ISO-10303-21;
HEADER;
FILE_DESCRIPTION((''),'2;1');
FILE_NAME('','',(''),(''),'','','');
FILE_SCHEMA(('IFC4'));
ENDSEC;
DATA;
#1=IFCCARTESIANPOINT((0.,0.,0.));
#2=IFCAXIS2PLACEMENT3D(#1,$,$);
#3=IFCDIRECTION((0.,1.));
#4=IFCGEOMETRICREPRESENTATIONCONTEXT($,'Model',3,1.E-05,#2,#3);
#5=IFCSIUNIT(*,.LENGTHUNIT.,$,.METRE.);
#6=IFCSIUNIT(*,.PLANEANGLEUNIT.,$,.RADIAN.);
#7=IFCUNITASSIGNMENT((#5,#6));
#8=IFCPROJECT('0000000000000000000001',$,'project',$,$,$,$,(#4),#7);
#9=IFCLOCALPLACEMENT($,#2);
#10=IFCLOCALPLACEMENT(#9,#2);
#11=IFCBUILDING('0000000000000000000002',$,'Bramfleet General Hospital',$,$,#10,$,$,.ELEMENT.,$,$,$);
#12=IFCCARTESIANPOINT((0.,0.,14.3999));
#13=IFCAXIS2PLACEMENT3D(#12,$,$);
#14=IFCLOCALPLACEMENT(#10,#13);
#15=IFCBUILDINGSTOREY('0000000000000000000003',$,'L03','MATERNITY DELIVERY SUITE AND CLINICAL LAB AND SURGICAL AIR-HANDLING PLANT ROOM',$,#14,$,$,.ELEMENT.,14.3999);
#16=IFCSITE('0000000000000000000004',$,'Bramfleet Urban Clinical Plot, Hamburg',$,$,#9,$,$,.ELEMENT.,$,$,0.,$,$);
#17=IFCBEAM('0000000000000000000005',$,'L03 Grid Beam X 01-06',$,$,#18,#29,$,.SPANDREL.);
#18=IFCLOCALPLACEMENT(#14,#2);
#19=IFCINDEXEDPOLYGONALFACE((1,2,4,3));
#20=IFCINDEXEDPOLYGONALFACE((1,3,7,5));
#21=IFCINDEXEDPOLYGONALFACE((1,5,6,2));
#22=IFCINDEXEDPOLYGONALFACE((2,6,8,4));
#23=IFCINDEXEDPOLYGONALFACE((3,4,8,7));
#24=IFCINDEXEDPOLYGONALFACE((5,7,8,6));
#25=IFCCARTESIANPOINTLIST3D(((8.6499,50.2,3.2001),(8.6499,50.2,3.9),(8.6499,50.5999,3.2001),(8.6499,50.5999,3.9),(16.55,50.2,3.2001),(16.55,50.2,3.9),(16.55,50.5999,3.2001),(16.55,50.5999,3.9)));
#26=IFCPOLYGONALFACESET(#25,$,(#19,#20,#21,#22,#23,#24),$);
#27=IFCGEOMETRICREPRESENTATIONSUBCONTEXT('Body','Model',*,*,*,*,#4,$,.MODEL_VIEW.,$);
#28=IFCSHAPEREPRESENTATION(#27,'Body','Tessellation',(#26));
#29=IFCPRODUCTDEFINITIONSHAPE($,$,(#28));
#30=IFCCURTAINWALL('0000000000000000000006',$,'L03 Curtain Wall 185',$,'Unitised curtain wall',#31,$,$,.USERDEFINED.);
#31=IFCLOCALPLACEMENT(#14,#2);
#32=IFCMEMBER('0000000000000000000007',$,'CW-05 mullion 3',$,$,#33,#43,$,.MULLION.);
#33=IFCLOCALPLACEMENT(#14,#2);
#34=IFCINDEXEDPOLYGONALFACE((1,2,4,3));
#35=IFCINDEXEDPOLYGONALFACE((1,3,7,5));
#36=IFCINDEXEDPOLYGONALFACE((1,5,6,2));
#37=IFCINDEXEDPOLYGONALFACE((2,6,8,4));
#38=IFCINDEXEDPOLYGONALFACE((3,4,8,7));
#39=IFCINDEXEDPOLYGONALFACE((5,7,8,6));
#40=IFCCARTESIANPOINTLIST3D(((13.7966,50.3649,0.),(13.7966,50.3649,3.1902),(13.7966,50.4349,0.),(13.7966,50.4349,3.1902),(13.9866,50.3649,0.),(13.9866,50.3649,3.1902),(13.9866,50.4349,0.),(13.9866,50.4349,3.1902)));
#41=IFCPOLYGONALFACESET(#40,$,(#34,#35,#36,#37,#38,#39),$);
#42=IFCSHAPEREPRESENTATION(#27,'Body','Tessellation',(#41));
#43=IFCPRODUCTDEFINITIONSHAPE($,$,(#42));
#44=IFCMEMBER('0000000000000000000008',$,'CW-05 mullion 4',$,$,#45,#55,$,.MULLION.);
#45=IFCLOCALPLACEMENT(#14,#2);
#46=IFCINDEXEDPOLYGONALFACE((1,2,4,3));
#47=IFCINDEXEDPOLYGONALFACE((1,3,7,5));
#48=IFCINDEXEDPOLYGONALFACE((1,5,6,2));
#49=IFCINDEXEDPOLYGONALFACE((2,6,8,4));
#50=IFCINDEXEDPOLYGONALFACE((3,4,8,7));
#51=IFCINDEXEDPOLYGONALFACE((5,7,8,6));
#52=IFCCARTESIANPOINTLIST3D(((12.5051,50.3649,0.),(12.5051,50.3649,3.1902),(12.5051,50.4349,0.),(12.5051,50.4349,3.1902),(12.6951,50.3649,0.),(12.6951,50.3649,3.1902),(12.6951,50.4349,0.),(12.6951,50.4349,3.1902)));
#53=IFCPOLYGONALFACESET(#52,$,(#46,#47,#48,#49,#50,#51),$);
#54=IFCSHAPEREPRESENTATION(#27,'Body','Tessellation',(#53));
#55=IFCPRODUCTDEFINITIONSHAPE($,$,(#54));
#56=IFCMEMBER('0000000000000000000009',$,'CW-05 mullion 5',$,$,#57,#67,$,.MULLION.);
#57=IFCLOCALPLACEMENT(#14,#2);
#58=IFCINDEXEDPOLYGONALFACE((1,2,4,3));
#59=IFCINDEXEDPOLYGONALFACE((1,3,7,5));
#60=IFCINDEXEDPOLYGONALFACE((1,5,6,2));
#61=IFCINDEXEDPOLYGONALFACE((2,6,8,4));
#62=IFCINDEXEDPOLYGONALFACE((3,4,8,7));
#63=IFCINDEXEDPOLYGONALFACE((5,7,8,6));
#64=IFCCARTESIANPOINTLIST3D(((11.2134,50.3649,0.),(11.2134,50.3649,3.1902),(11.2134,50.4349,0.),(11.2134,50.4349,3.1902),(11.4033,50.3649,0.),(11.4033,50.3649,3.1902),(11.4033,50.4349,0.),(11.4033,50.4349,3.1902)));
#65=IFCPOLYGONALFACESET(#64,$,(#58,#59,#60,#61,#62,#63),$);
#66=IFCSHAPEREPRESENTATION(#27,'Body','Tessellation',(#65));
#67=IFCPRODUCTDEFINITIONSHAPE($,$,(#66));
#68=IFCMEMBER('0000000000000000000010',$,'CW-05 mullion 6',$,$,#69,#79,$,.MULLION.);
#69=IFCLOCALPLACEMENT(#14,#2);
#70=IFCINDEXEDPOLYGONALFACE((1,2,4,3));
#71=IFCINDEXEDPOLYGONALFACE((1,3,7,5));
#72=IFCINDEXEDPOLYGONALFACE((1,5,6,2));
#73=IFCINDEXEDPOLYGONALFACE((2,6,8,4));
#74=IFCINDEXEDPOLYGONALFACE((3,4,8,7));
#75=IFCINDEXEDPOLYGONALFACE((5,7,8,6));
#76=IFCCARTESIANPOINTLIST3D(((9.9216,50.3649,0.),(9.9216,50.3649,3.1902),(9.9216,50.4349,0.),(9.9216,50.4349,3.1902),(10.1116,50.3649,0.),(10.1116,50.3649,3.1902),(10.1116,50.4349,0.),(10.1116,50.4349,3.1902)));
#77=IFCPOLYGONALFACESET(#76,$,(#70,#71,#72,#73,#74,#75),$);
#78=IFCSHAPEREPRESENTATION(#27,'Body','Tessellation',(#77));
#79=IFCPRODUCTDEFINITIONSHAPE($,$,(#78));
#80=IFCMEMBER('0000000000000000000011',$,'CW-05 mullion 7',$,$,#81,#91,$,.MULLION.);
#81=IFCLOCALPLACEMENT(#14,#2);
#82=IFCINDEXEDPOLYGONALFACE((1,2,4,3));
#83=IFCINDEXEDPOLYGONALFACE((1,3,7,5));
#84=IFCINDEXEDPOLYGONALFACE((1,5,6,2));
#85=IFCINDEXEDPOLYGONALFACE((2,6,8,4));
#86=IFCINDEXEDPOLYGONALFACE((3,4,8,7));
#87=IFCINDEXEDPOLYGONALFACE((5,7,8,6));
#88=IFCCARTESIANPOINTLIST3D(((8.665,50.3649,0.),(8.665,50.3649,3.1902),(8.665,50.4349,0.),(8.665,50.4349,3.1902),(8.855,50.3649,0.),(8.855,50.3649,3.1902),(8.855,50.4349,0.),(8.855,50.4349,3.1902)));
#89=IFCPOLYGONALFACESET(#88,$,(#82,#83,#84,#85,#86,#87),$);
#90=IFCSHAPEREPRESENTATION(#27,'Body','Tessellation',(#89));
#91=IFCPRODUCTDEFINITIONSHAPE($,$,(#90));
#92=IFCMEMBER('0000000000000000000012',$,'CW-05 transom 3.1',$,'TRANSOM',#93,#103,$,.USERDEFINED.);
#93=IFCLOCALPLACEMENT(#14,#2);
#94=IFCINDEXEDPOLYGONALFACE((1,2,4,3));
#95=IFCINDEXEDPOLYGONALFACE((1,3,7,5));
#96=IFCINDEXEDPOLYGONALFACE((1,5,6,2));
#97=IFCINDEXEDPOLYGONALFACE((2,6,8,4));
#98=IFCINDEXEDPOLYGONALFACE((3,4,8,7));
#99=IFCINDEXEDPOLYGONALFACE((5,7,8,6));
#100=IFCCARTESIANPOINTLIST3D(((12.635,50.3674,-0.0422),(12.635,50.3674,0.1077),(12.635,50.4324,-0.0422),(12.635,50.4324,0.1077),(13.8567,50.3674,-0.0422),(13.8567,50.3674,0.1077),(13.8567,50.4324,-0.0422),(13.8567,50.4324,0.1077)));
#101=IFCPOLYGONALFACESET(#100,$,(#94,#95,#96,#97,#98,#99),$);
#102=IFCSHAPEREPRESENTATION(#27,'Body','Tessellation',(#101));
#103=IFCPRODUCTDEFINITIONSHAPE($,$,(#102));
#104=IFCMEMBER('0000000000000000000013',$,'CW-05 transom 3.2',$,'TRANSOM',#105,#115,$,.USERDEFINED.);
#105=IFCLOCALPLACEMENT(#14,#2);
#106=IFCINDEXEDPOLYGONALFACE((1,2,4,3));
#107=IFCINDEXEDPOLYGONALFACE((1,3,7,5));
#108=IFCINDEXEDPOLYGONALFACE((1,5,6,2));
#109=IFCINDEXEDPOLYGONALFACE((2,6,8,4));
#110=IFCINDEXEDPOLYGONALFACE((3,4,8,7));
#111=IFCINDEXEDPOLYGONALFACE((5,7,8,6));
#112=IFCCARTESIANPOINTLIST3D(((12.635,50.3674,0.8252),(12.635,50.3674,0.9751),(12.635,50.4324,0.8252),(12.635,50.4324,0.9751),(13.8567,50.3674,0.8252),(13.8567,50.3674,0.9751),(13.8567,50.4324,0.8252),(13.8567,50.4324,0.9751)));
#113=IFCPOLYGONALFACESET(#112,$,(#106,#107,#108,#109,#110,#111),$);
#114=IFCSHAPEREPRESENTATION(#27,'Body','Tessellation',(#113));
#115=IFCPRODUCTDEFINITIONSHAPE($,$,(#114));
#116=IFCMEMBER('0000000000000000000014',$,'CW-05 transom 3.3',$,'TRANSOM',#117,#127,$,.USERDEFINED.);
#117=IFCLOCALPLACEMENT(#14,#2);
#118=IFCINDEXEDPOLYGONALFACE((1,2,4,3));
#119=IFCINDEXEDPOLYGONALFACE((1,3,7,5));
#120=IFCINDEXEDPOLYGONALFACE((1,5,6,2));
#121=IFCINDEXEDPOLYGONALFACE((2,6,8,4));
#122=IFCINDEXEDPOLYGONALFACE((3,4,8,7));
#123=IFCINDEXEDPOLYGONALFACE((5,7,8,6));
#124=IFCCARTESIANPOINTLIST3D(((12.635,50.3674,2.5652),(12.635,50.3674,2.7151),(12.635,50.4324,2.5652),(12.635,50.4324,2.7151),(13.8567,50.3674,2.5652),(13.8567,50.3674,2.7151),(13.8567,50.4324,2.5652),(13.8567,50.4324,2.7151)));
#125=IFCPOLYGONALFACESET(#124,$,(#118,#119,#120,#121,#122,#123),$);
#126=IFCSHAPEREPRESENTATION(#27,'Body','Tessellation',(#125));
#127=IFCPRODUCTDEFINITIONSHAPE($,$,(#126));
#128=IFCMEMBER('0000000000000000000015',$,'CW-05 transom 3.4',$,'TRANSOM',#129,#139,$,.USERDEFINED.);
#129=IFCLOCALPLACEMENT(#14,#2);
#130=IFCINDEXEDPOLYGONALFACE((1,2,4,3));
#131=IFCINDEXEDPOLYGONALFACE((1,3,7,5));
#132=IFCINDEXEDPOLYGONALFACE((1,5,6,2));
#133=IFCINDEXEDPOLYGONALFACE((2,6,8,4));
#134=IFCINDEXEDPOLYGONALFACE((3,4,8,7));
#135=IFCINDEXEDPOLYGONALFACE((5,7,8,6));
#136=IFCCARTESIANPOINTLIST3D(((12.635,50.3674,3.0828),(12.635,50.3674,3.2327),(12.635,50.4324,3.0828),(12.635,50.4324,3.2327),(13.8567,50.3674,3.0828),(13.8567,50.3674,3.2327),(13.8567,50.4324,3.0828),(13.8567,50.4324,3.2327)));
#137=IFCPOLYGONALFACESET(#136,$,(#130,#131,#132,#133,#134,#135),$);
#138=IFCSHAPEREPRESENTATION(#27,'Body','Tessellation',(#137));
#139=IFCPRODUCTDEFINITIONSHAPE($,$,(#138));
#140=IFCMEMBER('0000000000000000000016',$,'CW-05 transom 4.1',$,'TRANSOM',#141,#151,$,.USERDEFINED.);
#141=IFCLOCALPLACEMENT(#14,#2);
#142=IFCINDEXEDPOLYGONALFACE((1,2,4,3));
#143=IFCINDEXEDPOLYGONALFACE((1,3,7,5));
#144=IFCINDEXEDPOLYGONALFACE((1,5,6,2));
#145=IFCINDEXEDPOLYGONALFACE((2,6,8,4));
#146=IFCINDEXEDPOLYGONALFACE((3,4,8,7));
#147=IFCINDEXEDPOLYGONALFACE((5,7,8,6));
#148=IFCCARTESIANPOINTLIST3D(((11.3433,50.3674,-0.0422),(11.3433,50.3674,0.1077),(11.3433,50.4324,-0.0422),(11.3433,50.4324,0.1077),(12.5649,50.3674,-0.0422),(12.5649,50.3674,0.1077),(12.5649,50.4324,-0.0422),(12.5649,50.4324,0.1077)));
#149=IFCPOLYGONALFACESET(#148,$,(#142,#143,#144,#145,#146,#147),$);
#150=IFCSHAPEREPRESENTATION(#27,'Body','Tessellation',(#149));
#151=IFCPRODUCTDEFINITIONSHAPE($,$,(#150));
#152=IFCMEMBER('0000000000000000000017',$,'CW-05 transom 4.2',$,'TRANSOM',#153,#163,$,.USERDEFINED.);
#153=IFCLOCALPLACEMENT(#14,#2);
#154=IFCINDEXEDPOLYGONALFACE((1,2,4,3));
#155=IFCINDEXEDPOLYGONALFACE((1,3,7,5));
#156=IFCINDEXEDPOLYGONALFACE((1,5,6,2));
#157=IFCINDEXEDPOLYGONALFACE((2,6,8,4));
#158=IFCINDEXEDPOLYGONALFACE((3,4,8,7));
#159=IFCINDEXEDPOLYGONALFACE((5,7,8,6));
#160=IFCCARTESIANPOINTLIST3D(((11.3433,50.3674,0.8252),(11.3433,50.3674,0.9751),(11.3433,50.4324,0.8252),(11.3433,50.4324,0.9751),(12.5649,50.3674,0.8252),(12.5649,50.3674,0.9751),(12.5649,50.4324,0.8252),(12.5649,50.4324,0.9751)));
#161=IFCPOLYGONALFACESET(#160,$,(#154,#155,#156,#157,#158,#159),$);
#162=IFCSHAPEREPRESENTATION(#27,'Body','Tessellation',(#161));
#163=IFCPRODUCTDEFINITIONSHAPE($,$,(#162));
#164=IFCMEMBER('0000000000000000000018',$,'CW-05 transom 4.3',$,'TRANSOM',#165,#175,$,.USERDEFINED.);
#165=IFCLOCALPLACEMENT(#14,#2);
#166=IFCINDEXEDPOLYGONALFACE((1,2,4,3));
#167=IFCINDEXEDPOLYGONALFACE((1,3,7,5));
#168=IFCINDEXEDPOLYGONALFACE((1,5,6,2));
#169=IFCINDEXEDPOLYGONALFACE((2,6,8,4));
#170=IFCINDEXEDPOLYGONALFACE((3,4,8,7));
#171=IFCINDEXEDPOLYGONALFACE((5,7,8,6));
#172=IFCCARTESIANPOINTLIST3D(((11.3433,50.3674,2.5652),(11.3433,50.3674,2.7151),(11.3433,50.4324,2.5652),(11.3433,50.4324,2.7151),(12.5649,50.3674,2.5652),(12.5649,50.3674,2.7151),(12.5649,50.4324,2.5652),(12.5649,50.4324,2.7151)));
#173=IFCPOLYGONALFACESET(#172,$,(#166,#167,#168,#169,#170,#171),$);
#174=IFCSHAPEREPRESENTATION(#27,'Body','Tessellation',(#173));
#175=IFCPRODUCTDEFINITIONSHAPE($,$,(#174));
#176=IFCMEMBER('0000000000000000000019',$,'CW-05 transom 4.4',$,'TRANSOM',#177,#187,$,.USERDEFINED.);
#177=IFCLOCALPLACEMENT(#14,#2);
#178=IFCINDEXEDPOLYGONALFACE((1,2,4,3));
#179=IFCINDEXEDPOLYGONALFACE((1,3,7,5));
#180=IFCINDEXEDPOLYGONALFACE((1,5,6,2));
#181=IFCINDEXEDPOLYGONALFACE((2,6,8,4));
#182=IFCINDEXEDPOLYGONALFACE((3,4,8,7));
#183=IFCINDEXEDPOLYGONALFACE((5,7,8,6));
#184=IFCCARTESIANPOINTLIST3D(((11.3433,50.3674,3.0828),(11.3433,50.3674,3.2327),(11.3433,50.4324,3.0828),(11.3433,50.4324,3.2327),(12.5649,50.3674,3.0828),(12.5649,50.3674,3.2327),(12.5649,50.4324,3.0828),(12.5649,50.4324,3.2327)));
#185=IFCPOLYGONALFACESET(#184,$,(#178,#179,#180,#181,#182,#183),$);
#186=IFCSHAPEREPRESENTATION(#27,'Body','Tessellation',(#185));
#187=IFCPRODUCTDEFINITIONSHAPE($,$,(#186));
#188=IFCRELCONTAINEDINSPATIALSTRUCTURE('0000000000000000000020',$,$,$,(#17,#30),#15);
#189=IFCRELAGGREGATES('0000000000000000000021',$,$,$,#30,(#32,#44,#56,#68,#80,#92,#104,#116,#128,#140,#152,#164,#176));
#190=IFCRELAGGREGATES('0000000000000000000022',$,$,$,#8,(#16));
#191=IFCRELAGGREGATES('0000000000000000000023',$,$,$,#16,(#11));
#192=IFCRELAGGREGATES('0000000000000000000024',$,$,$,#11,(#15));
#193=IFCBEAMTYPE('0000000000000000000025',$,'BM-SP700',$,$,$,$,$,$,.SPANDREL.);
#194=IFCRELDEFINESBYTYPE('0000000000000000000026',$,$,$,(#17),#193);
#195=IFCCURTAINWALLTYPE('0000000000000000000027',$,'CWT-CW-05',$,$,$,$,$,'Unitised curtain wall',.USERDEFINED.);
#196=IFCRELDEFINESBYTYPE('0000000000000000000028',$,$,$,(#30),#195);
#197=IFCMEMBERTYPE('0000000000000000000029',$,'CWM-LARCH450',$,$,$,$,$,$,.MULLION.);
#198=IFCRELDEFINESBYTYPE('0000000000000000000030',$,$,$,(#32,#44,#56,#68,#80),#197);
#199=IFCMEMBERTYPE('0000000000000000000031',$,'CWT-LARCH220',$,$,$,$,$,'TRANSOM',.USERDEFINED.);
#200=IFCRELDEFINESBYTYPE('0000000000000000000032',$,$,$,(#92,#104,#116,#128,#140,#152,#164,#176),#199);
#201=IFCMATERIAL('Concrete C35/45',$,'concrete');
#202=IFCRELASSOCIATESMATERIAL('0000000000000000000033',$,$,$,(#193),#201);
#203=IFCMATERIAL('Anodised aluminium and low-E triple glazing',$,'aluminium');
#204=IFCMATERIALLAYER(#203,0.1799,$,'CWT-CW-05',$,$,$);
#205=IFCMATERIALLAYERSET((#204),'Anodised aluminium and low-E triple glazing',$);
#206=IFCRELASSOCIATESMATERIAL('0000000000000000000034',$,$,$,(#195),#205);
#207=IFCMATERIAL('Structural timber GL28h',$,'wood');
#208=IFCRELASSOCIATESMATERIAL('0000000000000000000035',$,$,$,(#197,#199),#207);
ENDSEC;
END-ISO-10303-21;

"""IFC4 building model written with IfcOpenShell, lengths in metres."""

from ifc_helpers import new_model, si_unit, direction, frame, origin, origin_2d, place, context, subcontext, project, spatial, rectangle, extrude, material, layer, layer_set, material_profile, profile_set, type_object, element, aggregate, save


model = new_model("IFC4")

# Units and contexts
model_context = context("Model", 3, precision=1e-05, world=origin(), true_north=direction((0.0, 1.0)))
body_context = subcontext(model_context, "Body", "Model", "MODEL_VIEW")
ifc_project = project(units=[si_unit("LENGTHUNIT", "METRE"), si_unit("PLANEANGLEUNIT", "RADIAN")], contexts=[model_context])

# Site, building, storey
site_placement = place(None, origin())
site = spatial("IfcSite", under=ifc_project, at=site_placement, Name="Bramfleet Urban Clinical Plot, Hamburg", CompositionType="ELEMENT", RefElevation=0.0)
building_placement = place(site_placement, origin())
building = spatial("IfcBuilding", under=site, at=building_placement, Name="Bramfleet General Hospital", CompositionType="ELEMENT")
storey_placement = place(building_placement, frame((0.0, 0.0, 14.3999)))
storey = spatial("IfcBuildingStorey", under=building, at=storey_placement, Name="L03", Description="MATERNITY DELIVERY SUITE AND CLINICAL LAB AND SURGICAL AIR-HANDLING PLANT ROOM", CompositionType="ELEMENT", Elevation=14.3999)

# Beam
ifc_material_1 = material(Name="Concrete C35/45", Category="concrete")
ifc_material_profile_1 = material_profile(ifc_material_1, rectangle(XDim=0.3999, YDim=0.7, at=origin_2d()), Name="RC SP 700x400")
ifc_profile_set_1 = profile_set([ifc_material_profile_1], Name="Concrete C35/45")
beam_type = type_object("IfcBeamType", Name="BM-SP700", PredefinedType="SPANDREL", material=ifc_profile_set_1)
beam_placement = place(storey_placement, frame((8.6499, 50.3999, 3.55), z_axis=(1.0, 0.0, 0.0), x_axis=(0.0, 1.0, 0.0)))
element("IfcBeam", 1, at=beam_placement, inside=storey, type_object=beam_type, Name="L03 Grid Beam X 01-06", PredefinedType="SPANDREL", context=body_context, shape_type="SweptSolid", body=[
    extrude(rectangle(XDim=0.3999, YDim=0.7, at=origin_2d()), origin(), (0.0, 0.0, 1.0), 7.9001),
])

# Curtain wall, members
ifc_material_2 = material(Name="Anodised aluminium and low-E triple glazing", Category="aluminium")
ifc_layer_1 = layer(ifc_material_2, 0.1799, Name="CWT-CW-05")
ifc_layer_set_1 = layer_set([ifc_layer_1], Name="Anodised aluminium and low-E triple glazing")
curtain_wall_type = type_object("IfcCurtainWallType", Name="CWT-CW-05", ElementType="Unitised curtain wall", PredefinedType="USERDEFINED", material=ifc_layer_set_1)
curtain_wall_placement = place(storey_placement, origin())
curtain_wall = element("IfcCurtainWall", 2, at=curtain_wall_placement, inside=storey, type_object=curtain_wall_type, Name="L03 Curtain Wall 185", ObjectType="Unitised curtain wall", PredefinedType="USERDEFINED")
ifc_material_3 = material(Name="Structural timber GL28h", Category="wood")
ifc_material_profile_2 = material_profile(ifc_material_3, rectangle(XDim=0.0701, YDim=0.1899, at=origin_2d()), Name="LARCH 190x70")
ifc_profile_set_2 = profile_set([ifc_material_profile_2], Name="Structural timber GL28h")
member_type_1 = type_object("IfcMemberType", Name="CWM-LARCH450", PredefinedType="MULLION", material=ifc_profile_set_2)
member_1_placement = place(storey_placement, frame((13.8916, 50.3999, 0.0), z_axis=(0.0, 0.0, 1.0), x_axis=(0.0, -1.0, 0.0)))
member_1 = element("IfcMember", 3, at=member_1_placement, type_object=member_type_1, Name="CW-05 mullion 3", PredefinedType="MULLION", context=body_context, shape_type="SweptSolid", body=[
    extrude(rectangle(XDim=0.0701, YDim=0.1899, at=origin_2d()), origin(), (0.0, 0.0, 1.0), 3.1902),
])
member_2_placement = place(storey_placement, frame((12.6001, 50.3999, 0.0), z_axis=(0.0, 0.0, 1.0), x_axis=(0.0, -1.0, 0.0)))
member_2 = element("IfcMember", 4, at=member_2_placement, type_object=member_type_1, Name="CW-05 mullion 4", PredefinedType="MULLION", context=body_context, shape_type="SweptSolid", body=[
    extrude(rectangle(XDim=0.0701, YDim=0.1899, at=origin_2d()), origin(), (0.0, 0.0, 1.0), 3.1902),
])
member_3_placement = place(storey_placement, frame((11.3083, 50.3999, 0.0), z_axis=(0.0, 0.0, 1.0), x_axis=(0.0, -1.0, 0.0)))
member_3 = element("IfcMember", 5, at=member_3_placement, type_object=member_type_1, Name="CW-05 mullion 5", PredefinedType="MULLION", context=body_context, shape_type="SweptSolid", body=[
    extrude(rectangle(XDim=0.0701, YDim=0.1899, at=origin_2d()), origin(), (0.0, 0.0, 1.0), 3.1902),
])
member_4_placement = place(storey_placement, frame((10.0166, 50.3999, 0.0), z_axis=(0.0, 0.0, 1.0), x_axis=(0.0, -1.0, 0.0)))
member_4 = element("IfcMember", 6, at=member_4_placement, type_object=member_type_1, Name="CW-05 mullion 6", PredefinedType="MULLION", context=body_context, shape_type="SweptSolid", body=[
    extrude(rectangle(XDim=0.0701, YDim=0.1899, at=origin_2d()), origin(), (0.0, 0.0, 1.0), 3.1902),
])
member_5_placement = place(storey_placement, frame((8.76, 50.3999, 0.0), z_axis=(0.0, 0.0, 1.0), x_axis=(0.0, -1.0, 0.0)))
member_5 = element("IfcMember", 7, at=member_5_placement, type_object=member_type_1, Name="CW-05 mullion 7", PredefinedType="MULLION", context=body_context, shape_type="SweptSolid", body=[
    extrude(rectangle(XDim=0.0701, YDim=0.1899, at=origin_2d()), origin(), (0.0, 0.0, 1.0), 3.1902),
])
ifc_material_profile_3 = material_profile(ifc_material_3, rectangle(XDim=0.0649, YDim=0.1499, at=origin_2d()), Name="LARCH 150x65")
ifc_profile_set_3 = profile_set([ifc_material_profile_3], Name="Structural timber GL28h")
member_type_2 = type_object("IfcMemberType", Name="CWT-LARCH220", ElementType="TRANSOM", PredefinedType="USERDEFINED", material=ifc_profile_set_3)
member_6_placement = place(storey_placement, frame((13.8567, 50.3999, 0.0327), z_axis=(-1.0, 0.0, 0.0), x_axis=(0.0, -1.0, 0.0)))
member_6 = element("IfcMember", 8, at=member_6_placement, type_object=member_type_2, Name="CW-05 transom 3.1", ObjectType="TRANSOM", PredefinedType="USERDEFINED", context=body_context, shape_type="SweptSolid", body=[
    extrude(rectangle(XDim=0.0649, YDim=0.1499, at=origin_2d()), origin(), (0.0, 0.0, 1.0), 1.2217),
])
member_7_placement = place(storey_placement, frame((13.8567, 50.3999, 0.9001), z_axis=(-1.0, 0.0, 0.0), x_axis=(0.0, -1.0, 0.0)))
member_7 = element("IfcMember", 9, at=member_7_placement, type_object=member_type_2, Name="CW-05 transom 3.2", ObjectType="TRANSOM", PredefinedType="USERDEFINED", context=body_context, shape_type="SweptSolid", body=[
    extrude(rectangle(XDim=0.0649, YDim=0.1499, at=origin_2d()), origin(), (0.0, 0.0, 1.0), 1.2217),
])
member_8_placement = place(storey_placement, frame((13.8567, 50.3999, 2.6401), z_axis=(-1.0, 0.0, 0.0), x_axis=(0.0, -1.0, 0.0)))
member_8 = element("IfcMember", 10, at=member_8_placement, type_object=member_type_2, Name="CW-05 transom 3.3", ObjectType="TRANSOM", PredefinedType="USERDEFINED", context=body_context, shape_type="SweptSolid", body=[
    extrude(rectangle(XDim=0.0649, YDim=0.1499, at=origin_2d()), origin(), (0.0, 0.0, 1.0), 1.2217),
])
member_9_placement = place(storey_placement, frame((13.8567, 50.3999, 3.1577), z_axis=(-1.0, 0.0, 0.0), x_axis=(0.0, -1.0, 0.0)))
member_9 = element("IfcMember", 11, at=member_9_placement, type_object=member_type_2, Name="CW-05 transom 3.4", ObjectType="TRANSOM", PredefinedType="USERDEFINED", context=body_context, shape_type="SweptSolid", body=[
    extrude(rectangle(XDim=0.0649, YDim=0.1499, at=origin_2d()), origin(), (0.0, 0.0, 1.0), 1.2217),
])
member_10_placement = place(storey_placement, frame((12.5649, 50.3999, 0.0327), z_axis=(-1.0, 0.0, 0.0), x_axis=(0.0, -1.0, 0.0)))
member_10 = element("IfcMember", 12, at=member_10_placement, type_object=member_type_2, Name="CW-05 transom 4.1", ObjectType="TRANSOM", PredefinedType="USERDEFINED", context=body_context, shape_type="SweptSolid", body=[
    extrude(rectangle(XDim=0.0649, YDim=0.1499, at=origin_2d()), origin(), (0.0, 0.0, 1.0), 1.2217),
])
member_11_placement = place(storey_placement, frame((12.5649, 50.3999, 0.9001), z_axis=(-1.0, 0.0, 0.0), x_axis=(0.0, -1.0, 0.0)))
member_11 = element("IfcMember", 13, at=member_11_placement, type_object=member_type_2, Name="CW-05 transom 4.2", ObjectType="TRANSOM", PredefinedType="USERDEFINED", context=body_context, shape_type="SweptSolid", body=[
    extrude(rectangle(XDim=0.0649, YDim=0.1499, at=origin_2d()), origin(), (0.0, 0.0, 1.0), 1.2217),
])
member_12_placement = place(storey_placement, frame((12.5649, 50.3999, 2.6401), z_axis=(-1.0, 0.0, 0.0), x_axis=(0.0, -1.0, 0.0)))
member_12 = element("IfcMember", 14, at=member_12_placement, type_object=member_type_2, Name="CW-05 transom 4.3", ObjectType="TRANSOM", PredefinedType="USERDEFINED", context=body_context, shape_type="SweptSolid", body=[
    extrude(rectangle(XDim=0.0649, YDim=0.1499, at=origin_2d()), origin(), (0.0, 0.0, 1.0), 1.2217),
])
member_13_placement = place(storey_placement, frame((12.5649, 50.3999, 3.1577), z_axis=(-1.0, 0.0, 0.0), x_axis=(0.0, -1.0, 0.0)))
member_13 = element("IfcMember", 15, at=member_13_placement, type_object=member_type_2, Name="CW-05 transom 4.4", ObjectType="TRANSOM", PredefinedType="USERDEFINED", context=body_context, shape_type="SweptSolid", body=[
    extrude(rectangle(XDim=0.0649, YDim=0.1499, at=origin_2d()), origin(), (0.0, 0.0, 1.0), 1.2217),
])
aggregate(curtain_wall, [member_1, member_2, member_3, member_4, member_5, member_6, member_7, member_8, member_9, member_10, member_11, member_12, member_13])

save(model, "model.ifc")
